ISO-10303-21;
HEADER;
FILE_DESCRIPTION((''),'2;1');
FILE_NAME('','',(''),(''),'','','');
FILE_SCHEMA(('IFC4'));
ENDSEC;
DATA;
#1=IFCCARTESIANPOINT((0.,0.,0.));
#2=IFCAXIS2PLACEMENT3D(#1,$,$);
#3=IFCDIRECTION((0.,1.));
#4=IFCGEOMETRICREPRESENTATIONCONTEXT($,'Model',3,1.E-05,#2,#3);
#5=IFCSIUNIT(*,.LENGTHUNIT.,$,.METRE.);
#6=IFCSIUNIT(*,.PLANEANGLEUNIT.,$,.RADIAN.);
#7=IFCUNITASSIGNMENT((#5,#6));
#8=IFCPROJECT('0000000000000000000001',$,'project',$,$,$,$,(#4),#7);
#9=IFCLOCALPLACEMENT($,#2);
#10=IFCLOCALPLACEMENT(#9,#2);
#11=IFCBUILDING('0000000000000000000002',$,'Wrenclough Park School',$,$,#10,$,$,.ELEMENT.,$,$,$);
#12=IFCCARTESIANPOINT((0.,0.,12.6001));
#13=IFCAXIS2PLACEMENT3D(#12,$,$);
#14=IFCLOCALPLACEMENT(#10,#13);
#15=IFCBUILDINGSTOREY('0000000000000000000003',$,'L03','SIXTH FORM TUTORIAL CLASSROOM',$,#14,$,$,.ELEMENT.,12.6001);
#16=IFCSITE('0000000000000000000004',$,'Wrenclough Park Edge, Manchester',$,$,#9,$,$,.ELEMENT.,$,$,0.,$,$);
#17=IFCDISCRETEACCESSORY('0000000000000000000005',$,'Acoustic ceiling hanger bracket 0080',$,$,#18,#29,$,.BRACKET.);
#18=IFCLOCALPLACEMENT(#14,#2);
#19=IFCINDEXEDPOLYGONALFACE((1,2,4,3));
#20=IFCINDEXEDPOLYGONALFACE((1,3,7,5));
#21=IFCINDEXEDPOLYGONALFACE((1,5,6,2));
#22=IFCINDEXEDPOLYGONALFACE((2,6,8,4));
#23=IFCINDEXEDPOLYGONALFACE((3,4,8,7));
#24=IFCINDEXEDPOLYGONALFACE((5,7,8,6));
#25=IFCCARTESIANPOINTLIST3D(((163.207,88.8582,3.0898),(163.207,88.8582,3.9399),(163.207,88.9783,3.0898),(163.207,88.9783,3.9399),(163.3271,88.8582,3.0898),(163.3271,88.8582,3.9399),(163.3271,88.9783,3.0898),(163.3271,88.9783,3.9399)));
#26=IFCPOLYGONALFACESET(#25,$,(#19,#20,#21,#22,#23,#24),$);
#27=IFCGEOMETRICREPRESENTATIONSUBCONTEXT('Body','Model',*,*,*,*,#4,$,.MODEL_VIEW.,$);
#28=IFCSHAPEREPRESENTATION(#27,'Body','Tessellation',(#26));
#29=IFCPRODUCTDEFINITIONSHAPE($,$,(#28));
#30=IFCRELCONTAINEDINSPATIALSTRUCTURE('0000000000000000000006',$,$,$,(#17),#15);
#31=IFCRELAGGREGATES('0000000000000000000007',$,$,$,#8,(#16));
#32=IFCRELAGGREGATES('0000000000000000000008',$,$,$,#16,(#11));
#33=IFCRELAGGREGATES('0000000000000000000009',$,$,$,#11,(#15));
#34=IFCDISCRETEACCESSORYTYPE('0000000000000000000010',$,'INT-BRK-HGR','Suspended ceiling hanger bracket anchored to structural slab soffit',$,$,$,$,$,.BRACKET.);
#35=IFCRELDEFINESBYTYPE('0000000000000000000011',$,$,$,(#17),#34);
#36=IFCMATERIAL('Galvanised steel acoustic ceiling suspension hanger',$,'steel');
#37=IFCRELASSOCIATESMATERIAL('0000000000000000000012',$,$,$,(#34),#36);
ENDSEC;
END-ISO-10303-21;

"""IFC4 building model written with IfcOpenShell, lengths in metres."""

from ifc_helpers import new_model, si_unit, direction, frame, origin, origin_2d, place, context, subcontext, project, spatial, rectangle, extrude, material, type_object, element, save


model = new_model("IFC4")

# Units and contexts
model_context = context("Model", 3, precision=1e-05, world=origin(), true_north=direction((0.0, 1.0)))
body_context = subcontext(model_context, "Body", "Model", "MODEL_VIEW")
ifc_project = project(units=[si_unit("LENGTHUNIT", "METRE"), si_unit("PLANEANGLEUNIT", "RADIAN")], contexts=[model_context])

# Site, building, storey
site_placement = place(None, origin())
site = spatial("IfcSite", under=ifc_project, at=site_placement, Name="Wrenclough Park Edge, Manchester", CompositionType="ELEMENT", RefElevation=0.0)
building_placement = place(site_placement, origin())
building = spatial("IfcBuilding", under=site, at=building_placement, Name="Wrenclough Park School", CompositionType="ELEMENT")
storey_placement = place(building_placement, frame((0.0, 0.0, 12.6001)))
storey = spatial("IfcBuildingStorey", under=building, at=storey_placement, Name="L03", Description="SIXTH FORM TUTORIAL CLASSROOM", CompositionType="ELEMENT", Elevation=12.6001)

# Discrete accessory
ifc_material_1 = material(Name="Galvanised steel acoustic ceiling suspension hanger", Category="steel")
discrete_accessory_type_1 = type_object("IfcDiscreteAccessoryType", Name="INT-BRK-HGR", Description="Suspended ceiling hanger bracket anchored to structural slab soffit", PredefinedType="BRACKET", material=ifc_material_1)
discrete_accessory_placement = place(storey_placement, frame((163.2671, 88.9182, 3.0898), z_axis=(0.0, 0.0, 1.0), x_axis=(1.0, 0.0, 0.0)))
element("IfcDiscreteAccessory", 1, at=discrete_accessory_placement, inside=storey, type_object=discrete_accessory_type_1, Name="Acoustic ceiling hanger bracket 0080", PredefinedType="BRACKET", context=body_context, shape_type="SweptSolid", body=[
    extrude(rectangle(XDim=0.1201, YDim=0.1201, at=origin_2d()), origin(), (0.0, 0.0, 1.0), 0.8501),
])

save(model, "model.ifc")
